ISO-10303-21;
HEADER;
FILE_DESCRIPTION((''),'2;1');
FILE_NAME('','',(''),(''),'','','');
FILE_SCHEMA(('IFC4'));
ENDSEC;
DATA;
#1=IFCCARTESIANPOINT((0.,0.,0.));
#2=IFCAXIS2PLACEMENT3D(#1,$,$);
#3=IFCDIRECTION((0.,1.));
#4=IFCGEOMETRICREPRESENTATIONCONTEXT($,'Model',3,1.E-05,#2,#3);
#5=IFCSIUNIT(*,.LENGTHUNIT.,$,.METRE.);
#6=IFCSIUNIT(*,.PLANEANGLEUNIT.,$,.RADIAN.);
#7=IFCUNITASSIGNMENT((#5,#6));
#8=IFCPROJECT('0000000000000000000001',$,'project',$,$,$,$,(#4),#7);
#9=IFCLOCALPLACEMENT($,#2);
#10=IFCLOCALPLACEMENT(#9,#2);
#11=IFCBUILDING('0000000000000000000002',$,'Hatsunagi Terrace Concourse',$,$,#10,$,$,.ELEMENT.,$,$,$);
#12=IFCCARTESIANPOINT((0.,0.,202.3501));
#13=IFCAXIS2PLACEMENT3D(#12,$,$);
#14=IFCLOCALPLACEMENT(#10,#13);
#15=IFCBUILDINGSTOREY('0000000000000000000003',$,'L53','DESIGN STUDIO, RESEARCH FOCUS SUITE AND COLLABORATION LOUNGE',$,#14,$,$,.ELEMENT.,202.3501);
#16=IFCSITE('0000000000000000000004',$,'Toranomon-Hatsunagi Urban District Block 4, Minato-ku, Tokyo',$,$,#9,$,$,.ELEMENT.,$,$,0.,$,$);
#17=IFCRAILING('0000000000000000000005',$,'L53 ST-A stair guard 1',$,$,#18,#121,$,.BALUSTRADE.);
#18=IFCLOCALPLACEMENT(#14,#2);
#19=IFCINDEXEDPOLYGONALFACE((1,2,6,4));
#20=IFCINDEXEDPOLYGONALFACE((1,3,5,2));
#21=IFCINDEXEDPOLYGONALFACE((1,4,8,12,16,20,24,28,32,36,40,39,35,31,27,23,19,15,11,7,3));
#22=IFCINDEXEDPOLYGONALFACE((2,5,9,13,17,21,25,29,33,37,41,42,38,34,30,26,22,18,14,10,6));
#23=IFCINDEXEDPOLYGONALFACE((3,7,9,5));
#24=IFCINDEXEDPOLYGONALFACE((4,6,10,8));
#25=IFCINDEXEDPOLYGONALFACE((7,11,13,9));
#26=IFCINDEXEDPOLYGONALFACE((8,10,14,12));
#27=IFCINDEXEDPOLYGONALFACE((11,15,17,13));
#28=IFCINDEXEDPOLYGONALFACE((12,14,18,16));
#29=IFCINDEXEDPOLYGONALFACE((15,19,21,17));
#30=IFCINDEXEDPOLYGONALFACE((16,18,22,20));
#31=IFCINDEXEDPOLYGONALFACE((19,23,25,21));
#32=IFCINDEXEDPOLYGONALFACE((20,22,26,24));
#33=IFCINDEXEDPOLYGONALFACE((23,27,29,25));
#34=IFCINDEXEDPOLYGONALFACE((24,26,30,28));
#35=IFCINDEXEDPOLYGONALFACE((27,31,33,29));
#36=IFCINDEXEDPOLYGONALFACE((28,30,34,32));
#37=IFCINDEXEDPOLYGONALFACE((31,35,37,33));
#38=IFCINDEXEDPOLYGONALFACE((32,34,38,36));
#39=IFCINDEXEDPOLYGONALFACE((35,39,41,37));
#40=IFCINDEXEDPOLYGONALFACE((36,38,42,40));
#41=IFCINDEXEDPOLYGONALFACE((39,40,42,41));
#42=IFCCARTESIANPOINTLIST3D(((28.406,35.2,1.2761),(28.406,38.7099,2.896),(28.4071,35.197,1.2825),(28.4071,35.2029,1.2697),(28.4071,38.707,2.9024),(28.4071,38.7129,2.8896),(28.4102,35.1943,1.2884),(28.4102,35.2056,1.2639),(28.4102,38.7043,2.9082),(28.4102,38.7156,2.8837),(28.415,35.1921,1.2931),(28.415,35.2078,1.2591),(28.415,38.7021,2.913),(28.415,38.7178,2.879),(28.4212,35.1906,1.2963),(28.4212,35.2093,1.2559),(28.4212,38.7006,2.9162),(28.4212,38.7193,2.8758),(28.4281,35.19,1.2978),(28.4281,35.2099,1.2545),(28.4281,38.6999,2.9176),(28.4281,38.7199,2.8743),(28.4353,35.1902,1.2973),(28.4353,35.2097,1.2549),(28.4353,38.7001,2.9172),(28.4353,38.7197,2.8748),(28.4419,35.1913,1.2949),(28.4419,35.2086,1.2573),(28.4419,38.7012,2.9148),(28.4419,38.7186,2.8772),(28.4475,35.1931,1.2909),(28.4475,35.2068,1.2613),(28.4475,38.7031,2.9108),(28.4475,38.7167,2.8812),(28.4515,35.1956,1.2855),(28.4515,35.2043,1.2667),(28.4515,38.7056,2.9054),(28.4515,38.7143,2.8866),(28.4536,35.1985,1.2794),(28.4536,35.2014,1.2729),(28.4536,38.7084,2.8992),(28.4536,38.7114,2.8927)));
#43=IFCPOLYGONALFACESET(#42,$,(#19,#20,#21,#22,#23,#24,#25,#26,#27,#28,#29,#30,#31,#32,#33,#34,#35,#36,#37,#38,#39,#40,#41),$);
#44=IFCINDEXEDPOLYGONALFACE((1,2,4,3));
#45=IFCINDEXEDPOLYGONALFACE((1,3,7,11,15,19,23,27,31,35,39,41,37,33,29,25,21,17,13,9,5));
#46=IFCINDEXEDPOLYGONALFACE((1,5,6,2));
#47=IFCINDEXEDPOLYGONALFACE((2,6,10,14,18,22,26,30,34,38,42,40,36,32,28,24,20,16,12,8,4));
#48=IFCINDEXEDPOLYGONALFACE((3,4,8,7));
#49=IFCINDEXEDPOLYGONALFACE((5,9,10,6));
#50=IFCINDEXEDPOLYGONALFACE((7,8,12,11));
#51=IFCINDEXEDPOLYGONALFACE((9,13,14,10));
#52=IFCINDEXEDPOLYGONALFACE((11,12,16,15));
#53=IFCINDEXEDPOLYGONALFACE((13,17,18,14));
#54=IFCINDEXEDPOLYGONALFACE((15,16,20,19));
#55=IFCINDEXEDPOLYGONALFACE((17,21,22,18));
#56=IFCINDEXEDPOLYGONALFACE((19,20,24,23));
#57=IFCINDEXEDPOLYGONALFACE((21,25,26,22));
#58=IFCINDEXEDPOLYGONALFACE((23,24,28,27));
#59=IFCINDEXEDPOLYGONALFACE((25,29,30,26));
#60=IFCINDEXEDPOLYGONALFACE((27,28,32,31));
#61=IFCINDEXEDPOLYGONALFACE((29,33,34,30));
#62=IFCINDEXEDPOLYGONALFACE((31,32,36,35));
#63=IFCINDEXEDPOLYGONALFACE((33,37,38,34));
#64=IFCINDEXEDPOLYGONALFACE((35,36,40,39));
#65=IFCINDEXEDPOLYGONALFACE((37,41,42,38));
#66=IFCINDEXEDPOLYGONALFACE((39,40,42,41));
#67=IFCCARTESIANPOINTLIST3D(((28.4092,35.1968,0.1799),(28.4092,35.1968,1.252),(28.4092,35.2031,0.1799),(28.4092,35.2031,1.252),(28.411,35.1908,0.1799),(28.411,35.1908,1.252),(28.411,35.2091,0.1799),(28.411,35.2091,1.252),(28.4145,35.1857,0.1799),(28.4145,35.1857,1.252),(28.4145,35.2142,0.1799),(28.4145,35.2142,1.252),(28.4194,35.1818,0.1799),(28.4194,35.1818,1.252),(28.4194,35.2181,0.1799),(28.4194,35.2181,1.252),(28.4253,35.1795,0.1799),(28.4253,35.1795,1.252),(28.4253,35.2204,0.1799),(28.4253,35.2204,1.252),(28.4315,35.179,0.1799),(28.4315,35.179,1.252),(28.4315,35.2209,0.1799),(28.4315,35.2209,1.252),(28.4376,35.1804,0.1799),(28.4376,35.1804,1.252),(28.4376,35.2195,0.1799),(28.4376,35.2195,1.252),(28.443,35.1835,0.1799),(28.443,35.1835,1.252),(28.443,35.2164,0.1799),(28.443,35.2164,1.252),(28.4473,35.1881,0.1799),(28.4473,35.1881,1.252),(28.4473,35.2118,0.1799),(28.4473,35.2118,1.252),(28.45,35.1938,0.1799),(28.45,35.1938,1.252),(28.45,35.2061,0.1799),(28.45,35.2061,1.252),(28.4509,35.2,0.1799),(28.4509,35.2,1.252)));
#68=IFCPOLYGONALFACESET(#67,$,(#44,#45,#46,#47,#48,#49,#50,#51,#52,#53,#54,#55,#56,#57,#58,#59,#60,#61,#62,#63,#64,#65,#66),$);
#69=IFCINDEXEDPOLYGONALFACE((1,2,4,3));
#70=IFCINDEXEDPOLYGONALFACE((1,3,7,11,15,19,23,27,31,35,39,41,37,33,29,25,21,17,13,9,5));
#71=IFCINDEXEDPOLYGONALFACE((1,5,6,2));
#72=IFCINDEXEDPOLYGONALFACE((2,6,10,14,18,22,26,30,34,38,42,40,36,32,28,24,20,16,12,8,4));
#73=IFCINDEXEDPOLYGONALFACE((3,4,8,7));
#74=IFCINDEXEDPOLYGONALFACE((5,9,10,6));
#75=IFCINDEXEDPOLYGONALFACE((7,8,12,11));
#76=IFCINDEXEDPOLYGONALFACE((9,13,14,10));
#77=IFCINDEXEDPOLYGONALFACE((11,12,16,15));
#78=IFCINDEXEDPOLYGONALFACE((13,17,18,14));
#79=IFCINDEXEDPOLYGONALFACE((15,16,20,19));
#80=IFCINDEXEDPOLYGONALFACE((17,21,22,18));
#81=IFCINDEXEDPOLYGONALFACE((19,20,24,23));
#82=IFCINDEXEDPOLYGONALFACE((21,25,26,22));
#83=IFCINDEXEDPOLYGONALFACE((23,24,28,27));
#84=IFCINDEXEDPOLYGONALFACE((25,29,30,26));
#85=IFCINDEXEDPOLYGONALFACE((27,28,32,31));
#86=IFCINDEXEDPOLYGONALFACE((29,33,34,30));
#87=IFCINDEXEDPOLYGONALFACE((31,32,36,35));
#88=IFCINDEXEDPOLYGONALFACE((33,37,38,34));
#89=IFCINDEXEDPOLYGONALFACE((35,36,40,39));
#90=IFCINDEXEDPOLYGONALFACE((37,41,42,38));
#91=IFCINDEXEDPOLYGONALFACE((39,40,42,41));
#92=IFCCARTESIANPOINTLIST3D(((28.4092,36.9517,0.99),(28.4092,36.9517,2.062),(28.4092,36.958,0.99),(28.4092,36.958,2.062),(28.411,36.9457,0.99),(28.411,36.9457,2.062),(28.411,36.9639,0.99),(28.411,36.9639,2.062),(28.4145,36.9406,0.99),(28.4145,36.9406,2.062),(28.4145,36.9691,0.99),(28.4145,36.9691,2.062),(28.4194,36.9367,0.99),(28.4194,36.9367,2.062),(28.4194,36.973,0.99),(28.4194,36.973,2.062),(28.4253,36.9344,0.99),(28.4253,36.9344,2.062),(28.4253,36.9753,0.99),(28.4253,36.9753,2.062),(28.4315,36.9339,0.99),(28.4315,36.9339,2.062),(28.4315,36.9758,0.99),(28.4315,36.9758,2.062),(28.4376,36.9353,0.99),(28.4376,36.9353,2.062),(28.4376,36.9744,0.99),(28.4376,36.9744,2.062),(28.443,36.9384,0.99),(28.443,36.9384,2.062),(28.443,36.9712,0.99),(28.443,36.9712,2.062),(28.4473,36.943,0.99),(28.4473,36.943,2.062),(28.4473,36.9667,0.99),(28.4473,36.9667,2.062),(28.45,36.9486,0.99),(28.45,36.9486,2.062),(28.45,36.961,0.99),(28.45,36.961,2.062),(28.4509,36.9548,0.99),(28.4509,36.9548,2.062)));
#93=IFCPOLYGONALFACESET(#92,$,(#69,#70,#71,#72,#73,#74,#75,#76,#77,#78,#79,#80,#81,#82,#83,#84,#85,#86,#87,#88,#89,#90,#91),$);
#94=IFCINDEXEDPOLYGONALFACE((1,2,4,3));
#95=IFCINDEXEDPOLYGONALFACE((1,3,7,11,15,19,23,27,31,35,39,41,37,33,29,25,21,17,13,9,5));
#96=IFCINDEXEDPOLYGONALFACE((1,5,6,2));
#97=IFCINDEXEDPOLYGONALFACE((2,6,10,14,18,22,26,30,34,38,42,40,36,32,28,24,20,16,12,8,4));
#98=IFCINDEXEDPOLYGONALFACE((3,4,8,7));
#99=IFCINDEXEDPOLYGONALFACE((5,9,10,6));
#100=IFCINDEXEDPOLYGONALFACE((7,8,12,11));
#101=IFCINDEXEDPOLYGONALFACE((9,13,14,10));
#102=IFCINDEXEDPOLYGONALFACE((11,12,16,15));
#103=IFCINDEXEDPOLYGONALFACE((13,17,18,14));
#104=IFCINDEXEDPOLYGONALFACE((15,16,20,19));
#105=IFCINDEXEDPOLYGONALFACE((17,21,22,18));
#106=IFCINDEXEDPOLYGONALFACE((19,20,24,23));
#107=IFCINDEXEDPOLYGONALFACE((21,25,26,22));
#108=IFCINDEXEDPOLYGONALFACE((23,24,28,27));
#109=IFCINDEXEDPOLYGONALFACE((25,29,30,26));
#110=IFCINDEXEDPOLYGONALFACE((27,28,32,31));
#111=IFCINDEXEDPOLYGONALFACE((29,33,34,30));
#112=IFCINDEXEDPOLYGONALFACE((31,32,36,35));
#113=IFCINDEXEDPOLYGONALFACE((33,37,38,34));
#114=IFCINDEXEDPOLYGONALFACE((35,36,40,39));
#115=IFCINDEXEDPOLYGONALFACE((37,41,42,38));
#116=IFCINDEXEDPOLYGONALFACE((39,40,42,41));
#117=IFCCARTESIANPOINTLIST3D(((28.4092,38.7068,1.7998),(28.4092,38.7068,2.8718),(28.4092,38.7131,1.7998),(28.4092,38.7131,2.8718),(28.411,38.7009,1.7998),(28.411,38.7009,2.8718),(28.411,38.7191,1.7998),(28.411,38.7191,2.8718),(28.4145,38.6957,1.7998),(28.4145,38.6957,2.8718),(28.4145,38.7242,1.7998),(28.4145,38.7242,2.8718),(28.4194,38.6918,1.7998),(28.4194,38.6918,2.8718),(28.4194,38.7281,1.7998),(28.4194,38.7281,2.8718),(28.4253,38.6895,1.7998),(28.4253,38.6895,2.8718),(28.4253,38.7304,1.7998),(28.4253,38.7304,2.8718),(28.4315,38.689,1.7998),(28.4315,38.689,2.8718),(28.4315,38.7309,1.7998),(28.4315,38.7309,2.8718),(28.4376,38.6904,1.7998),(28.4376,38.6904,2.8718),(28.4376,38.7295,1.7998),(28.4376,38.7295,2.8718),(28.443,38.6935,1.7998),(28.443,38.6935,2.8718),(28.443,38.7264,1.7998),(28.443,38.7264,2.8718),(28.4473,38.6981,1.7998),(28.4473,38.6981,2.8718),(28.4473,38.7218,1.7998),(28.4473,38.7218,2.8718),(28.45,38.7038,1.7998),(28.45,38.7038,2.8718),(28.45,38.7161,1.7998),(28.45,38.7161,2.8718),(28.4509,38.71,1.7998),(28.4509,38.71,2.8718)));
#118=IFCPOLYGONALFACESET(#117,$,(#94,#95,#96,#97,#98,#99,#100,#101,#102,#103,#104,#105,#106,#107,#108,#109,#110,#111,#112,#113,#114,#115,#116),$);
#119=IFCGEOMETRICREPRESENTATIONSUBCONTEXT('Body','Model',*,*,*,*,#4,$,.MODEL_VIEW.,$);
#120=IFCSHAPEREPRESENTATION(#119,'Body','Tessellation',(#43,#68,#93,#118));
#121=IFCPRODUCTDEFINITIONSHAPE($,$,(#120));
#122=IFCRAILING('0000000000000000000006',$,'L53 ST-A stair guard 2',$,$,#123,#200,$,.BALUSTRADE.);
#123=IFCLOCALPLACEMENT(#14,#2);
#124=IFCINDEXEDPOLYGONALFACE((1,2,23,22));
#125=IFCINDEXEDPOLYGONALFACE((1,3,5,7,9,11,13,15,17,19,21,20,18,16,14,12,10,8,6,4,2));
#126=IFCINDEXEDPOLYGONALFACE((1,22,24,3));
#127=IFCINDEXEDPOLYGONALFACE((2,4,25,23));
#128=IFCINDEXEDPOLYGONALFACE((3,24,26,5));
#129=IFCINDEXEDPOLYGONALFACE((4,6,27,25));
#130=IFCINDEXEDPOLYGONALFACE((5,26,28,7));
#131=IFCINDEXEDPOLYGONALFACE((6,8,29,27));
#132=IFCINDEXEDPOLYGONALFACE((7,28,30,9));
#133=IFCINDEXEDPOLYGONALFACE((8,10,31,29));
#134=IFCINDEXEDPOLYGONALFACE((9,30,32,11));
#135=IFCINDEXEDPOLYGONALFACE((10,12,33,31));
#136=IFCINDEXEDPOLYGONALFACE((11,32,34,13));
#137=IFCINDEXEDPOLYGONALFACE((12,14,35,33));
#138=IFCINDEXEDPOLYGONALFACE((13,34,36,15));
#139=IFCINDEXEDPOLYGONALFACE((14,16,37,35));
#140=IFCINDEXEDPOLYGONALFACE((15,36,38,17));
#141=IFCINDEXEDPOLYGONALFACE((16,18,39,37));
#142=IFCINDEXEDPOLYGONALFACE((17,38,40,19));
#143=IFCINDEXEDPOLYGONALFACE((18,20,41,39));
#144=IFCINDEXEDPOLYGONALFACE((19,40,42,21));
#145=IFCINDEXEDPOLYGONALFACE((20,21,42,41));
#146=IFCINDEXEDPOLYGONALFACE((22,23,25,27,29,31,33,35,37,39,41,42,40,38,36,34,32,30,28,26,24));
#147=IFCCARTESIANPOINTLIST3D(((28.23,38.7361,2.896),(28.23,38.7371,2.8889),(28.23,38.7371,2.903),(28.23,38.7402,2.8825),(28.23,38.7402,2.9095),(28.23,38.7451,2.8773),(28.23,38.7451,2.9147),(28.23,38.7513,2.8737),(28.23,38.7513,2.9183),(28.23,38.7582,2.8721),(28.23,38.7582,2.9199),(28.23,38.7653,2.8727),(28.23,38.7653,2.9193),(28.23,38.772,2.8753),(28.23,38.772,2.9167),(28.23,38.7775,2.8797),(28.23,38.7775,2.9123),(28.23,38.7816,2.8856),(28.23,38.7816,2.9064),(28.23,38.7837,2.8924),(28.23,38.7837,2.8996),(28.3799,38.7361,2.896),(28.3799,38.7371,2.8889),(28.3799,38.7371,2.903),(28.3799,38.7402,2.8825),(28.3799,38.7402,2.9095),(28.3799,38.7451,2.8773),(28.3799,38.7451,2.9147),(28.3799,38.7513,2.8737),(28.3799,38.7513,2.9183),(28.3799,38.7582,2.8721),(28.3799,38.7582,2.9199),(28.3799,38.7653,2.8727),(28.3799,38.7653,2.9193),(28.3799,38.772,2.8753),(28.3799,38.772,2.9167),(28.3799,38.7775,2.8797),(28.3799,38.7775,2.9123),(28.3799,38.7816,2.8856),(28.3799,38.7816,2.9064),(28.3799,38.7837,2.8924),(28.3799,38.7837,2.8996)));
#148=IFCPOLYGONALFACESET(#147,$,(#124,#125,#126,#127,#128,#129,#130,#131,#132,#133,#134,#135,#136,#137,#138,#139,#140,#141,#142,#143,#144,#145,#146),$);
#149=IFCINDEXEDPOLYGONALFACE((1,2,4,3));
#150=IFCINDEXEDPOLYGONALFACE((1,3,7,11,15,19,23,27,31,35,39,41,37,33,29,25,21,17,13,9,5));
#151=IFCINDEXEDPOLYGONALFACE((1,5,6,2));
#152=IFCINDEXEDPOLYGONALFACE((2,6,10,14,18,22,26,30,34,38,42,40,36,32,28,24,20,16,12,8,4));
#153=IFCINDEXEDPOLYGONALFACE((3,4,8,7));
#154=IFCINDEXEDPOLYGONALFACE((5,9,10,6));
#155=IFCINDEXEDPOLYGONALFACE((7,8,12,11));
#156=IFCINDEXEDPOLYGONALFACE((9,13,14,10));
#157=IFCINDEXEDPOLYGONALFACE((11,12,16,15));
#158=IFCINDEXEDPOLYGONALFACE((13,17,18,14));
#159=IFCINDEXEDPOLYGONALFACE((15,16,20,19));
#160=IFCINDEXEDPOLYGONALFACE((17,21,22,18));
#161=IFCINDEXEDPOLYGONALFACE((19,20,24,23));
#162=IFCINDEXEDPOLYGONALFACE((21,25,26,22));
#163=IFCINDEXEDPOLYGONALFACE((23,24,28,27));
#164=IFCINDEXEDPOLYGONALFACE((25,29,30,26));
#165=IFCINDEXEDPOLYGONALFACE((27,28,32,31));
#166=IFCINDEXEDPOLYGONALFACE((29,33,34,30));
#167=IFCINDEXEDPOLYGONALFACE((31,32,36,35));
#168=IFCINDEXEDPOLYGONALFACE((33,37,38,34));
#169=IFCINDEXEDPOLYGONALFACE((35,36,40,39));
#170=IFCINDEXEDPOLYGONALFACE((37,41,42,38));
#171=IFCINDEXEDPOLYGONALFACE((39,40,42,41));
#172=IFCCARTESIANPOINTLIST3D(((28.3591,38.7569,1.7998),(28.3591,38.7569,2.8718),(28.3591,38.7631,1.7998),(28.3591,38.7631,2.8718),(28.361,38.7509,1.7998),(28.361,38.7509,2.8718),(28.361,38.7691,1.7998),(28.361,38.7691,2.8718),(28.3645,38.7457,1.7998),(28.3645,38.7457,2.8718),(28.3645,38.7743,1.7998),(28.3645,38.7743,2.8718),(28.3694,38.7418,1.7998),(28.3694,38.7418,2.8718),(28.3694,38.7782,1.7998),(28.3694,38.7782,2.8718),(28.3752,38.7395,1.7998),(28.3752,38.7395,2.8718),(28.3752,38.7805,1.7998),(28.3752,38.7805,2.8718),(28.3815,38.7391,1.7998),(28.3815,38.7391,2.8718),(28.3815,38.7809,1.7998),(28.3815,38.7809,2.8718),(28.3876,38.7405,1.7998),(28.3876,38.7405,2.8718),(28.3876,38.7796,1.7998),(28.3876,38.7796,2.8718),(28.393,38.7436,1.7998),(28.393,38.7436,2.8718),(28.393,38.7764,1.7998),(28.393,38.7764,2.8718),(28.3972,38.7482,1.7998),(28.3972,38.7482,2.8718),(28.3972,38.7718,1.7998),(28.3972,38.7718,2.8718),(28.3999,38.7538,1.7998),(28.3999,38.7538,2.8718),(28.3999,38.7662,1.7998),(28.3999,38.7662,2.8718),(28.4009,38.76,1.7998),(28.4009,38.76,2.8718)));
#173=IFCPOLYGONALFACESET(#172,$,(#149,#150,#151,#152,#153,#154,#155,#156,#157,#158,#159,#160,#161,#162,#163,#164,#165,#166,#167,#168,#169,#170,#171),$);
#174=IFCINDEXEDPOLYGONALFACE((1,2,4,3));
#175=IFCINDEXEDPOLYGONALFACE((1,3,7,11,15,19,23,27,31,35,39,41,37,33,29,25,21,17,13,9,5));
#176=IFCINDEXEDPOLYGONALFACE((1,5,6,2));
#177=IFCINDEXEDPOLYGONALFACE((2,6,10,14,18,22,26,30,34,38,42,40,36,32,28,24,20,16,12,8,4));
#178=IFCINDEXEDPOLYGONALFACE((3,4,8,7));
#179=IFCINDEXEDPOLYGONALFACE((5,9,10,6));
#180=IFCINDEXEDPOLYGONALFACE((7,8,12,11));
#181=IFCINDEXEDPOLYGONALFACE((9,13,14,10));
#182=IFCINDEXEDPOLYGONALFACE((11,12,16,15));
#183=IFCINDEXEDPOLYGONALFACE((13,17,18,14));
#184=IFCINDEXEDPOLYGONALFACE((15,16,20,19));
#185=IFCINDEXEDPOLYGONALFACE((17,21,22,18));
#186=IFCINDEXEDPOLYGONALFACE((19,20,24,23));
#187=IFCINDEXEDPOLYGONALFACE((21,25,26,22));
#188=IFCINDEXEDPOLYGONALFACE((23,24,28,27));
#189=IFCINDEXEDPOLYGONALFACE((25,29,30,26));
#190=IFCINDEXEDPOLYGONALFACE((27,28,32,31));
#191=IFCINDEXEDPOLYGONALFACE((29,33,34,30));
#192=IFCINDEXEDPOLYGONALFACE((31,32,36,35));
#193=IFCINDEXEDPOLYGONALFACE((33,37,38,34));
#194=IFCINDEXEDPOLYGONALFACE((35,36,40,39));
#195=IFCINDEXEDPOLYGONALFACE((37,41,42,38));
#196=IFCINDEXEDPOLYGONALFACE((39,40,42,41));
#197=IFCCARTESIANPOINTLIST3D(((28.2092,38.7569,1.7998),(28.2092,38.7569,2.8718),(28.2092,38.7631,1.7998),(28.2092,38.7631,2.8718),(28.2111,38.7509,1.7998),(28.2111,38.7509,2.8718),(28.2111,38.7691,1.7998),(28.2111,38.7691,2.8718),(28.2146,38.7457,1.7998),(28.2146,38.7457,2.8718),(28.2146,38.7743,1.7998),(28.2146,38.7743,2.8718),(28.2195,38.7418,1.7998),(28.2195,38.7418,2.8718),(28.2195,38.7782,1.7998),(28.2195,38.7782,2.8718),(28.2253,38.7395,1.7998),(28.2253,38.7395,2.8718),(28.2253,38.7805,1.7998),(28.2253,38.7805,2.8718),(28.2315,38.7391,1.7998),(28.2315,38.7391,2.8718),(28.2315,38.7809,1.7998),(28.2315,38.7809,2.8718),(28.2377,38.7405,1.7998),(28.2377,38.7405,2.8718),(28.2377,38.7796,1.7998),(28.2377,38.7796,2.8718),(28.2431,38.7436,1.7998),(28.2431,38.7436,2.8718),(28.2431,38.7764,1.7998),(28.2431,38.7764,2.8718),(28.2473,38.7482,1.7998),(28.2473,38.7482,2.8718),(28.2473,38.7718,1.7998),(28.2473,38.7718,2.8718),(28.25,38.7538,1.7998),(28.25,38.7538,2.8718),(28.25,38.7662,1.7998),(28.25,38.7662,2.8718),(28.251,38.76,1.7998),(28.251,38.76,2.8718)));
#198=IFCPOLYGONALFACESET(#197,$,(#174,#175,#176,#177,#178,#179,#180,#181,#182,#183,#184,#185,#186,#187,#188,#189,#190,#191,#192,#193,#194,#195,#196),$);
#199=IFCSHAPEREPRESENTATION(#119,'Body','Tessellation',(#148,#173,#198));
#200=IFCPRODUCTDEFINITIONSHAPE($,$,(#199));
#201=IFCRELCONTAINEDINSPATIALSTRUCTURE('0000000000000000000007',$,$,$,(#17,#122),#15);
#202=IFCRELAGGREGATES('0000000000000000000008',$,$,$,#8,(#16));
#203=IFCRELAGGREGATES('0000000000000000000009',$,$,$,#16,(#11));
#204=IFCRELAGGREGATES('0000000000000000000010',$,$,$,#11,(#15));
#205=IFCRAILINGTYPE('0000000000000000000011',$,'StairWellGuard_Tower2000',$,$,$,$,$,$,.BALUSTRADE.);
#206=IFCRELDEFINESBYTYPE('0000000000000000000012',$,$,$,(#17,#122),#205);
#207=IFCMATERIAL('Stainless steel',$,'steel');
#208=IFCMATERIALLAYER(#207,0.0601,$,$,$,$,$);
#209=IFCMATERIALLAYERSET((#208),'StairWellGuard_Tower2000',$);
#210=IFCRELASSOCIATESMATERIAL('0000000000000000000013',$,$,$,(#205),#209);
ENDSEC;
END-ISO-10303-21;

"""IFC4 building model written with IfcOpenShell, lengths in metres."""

from ifc_helpers import new_model, si_unit, direction, frame, origin, origin_2d, place, context, subcontext, project, spatial, circle, extrude, material, layer, layer_set, type_object, element, save


model = new_model("IFC4")

# Units and contexts
model_context = context("Model", 3, precision=1e-05, world=origin(), true_north=direction((0.0, 1.0)))
body_context = subcontext(model_context, "Body", "Model", "MODEL_VIEW")
ifc_project = project(units=[si_unit("LENGTHUNIT", "METRE"), si_unit("PLANEANGLEUNIT", "RADIAN")], contexts=[model_context])

# Site, building, storey
site_placement = place(None, origin())
site = spatial("IfcSite", under=ifc_project, at=site_placement, Name="Toranomon-Hatsunagi Urban District Block 4, Minato-ku, Tokyo", CompositionType="ELEMENT", RefElevation=0.0)
building_placement = place(site_placement, origin())
building = spatial("IfcBuilding", under=site, at=building_placement, Name="Hatsunagi Terrace Concourse", CompositionType="ELEMENT")
storey_placement = place(building_placement, frame((0.0, 0.0, 202.3501)))
storey = spatial("IfcBuildingStorey", under=building, at=storey_placement, Name="L53", Description="DESIGN STUDIO, RESEARCH FOCUS SUITE AND COLLABORATION LOUNGE", CompositionType="ELEMENT", Elevation=202.3501)

# Railings
ifc_material_1 = material(Name="Stainless steel", Category="steel")
ifc_layer_1 = layer(ifc_material_1, 0.0601)
ifc_layer_set_1 = layer_set([ifc_layer_1], Name="StairWellGuard_Tower2000")
railing_type_1 = type_object("IfcRailingType", Name="StairWellGuard_Tower2000", PredefinedType="BALUSTRADE", material=ifc_layer_set_1)
railing_1_placement = place(storey_placement, frame((28.4299, 35.2, 0.1799)))
element("IfcRailing", 1, at=railing_1_placement, inside=storey, type_object=railing_type_1, Name="L53 ST-A stair guard 1", PredefinedType="BALUSTRADE", context=body_context, shape_type="SweptSolid", body=[
    extrude(circle(Radius=0.0239, at=origin_2d()), frame((0.0, 0.0, 1.0962), z_axis=(0.0, 0.907972, 0.41903), x_axis=(-1.0, 0.0, 0.0)), (0.0, 0.0, 1.0), 3.8657),
    extrude(circle(Radius=0.021, at=origin_2d()), origin(), (0.0, 0.0, 1.0), 1.072),
    extrude(circle(Radius=0.021, at=origin_2d()), frame((0.0, 1.7549, 0.8101)), (0.0, 0.0, 1.0), 1.072),
    extrude(circle(Radius=0.021, at=origin_2d()), frame((0.0, 3.51, 1.6199)), (0.0, 0.0, 1.0), 1.072),
])
railing_2_placement = place(storey_placement, frame((28.3799, 38.76, 1.7998)))
element("IfcRailing", 2, at=railing_2_placement, inside=storey, type_object=railing_type_1, Name="L53 ST-A stair guard 2", PredefinedType="BALUSTRADE", context=body_context, shape_type="SweptSolid", body=[
    extrude(circle(Radius=0.0239, at=origin_2d()), frame((0.0, 0.0, 1.0962), z_axis=(-1.0, 0.0, 0.0), x_axis=(0.0, -1.0, 0.0)), (0.0, 0.0, 1.0), 0.1499),
    extrude(circle(Radius=0.021, at=origin_2d()), origin(), (0.0, 0.0, 1.0), 1.072),
    extrude(circle(Radius=0.021, at=origin_2d()), frame((-0.1499, 0.0, 0.0)), (0.0, 0.0, 1.0), 1.072),
])

save(model, "model.ifc")
